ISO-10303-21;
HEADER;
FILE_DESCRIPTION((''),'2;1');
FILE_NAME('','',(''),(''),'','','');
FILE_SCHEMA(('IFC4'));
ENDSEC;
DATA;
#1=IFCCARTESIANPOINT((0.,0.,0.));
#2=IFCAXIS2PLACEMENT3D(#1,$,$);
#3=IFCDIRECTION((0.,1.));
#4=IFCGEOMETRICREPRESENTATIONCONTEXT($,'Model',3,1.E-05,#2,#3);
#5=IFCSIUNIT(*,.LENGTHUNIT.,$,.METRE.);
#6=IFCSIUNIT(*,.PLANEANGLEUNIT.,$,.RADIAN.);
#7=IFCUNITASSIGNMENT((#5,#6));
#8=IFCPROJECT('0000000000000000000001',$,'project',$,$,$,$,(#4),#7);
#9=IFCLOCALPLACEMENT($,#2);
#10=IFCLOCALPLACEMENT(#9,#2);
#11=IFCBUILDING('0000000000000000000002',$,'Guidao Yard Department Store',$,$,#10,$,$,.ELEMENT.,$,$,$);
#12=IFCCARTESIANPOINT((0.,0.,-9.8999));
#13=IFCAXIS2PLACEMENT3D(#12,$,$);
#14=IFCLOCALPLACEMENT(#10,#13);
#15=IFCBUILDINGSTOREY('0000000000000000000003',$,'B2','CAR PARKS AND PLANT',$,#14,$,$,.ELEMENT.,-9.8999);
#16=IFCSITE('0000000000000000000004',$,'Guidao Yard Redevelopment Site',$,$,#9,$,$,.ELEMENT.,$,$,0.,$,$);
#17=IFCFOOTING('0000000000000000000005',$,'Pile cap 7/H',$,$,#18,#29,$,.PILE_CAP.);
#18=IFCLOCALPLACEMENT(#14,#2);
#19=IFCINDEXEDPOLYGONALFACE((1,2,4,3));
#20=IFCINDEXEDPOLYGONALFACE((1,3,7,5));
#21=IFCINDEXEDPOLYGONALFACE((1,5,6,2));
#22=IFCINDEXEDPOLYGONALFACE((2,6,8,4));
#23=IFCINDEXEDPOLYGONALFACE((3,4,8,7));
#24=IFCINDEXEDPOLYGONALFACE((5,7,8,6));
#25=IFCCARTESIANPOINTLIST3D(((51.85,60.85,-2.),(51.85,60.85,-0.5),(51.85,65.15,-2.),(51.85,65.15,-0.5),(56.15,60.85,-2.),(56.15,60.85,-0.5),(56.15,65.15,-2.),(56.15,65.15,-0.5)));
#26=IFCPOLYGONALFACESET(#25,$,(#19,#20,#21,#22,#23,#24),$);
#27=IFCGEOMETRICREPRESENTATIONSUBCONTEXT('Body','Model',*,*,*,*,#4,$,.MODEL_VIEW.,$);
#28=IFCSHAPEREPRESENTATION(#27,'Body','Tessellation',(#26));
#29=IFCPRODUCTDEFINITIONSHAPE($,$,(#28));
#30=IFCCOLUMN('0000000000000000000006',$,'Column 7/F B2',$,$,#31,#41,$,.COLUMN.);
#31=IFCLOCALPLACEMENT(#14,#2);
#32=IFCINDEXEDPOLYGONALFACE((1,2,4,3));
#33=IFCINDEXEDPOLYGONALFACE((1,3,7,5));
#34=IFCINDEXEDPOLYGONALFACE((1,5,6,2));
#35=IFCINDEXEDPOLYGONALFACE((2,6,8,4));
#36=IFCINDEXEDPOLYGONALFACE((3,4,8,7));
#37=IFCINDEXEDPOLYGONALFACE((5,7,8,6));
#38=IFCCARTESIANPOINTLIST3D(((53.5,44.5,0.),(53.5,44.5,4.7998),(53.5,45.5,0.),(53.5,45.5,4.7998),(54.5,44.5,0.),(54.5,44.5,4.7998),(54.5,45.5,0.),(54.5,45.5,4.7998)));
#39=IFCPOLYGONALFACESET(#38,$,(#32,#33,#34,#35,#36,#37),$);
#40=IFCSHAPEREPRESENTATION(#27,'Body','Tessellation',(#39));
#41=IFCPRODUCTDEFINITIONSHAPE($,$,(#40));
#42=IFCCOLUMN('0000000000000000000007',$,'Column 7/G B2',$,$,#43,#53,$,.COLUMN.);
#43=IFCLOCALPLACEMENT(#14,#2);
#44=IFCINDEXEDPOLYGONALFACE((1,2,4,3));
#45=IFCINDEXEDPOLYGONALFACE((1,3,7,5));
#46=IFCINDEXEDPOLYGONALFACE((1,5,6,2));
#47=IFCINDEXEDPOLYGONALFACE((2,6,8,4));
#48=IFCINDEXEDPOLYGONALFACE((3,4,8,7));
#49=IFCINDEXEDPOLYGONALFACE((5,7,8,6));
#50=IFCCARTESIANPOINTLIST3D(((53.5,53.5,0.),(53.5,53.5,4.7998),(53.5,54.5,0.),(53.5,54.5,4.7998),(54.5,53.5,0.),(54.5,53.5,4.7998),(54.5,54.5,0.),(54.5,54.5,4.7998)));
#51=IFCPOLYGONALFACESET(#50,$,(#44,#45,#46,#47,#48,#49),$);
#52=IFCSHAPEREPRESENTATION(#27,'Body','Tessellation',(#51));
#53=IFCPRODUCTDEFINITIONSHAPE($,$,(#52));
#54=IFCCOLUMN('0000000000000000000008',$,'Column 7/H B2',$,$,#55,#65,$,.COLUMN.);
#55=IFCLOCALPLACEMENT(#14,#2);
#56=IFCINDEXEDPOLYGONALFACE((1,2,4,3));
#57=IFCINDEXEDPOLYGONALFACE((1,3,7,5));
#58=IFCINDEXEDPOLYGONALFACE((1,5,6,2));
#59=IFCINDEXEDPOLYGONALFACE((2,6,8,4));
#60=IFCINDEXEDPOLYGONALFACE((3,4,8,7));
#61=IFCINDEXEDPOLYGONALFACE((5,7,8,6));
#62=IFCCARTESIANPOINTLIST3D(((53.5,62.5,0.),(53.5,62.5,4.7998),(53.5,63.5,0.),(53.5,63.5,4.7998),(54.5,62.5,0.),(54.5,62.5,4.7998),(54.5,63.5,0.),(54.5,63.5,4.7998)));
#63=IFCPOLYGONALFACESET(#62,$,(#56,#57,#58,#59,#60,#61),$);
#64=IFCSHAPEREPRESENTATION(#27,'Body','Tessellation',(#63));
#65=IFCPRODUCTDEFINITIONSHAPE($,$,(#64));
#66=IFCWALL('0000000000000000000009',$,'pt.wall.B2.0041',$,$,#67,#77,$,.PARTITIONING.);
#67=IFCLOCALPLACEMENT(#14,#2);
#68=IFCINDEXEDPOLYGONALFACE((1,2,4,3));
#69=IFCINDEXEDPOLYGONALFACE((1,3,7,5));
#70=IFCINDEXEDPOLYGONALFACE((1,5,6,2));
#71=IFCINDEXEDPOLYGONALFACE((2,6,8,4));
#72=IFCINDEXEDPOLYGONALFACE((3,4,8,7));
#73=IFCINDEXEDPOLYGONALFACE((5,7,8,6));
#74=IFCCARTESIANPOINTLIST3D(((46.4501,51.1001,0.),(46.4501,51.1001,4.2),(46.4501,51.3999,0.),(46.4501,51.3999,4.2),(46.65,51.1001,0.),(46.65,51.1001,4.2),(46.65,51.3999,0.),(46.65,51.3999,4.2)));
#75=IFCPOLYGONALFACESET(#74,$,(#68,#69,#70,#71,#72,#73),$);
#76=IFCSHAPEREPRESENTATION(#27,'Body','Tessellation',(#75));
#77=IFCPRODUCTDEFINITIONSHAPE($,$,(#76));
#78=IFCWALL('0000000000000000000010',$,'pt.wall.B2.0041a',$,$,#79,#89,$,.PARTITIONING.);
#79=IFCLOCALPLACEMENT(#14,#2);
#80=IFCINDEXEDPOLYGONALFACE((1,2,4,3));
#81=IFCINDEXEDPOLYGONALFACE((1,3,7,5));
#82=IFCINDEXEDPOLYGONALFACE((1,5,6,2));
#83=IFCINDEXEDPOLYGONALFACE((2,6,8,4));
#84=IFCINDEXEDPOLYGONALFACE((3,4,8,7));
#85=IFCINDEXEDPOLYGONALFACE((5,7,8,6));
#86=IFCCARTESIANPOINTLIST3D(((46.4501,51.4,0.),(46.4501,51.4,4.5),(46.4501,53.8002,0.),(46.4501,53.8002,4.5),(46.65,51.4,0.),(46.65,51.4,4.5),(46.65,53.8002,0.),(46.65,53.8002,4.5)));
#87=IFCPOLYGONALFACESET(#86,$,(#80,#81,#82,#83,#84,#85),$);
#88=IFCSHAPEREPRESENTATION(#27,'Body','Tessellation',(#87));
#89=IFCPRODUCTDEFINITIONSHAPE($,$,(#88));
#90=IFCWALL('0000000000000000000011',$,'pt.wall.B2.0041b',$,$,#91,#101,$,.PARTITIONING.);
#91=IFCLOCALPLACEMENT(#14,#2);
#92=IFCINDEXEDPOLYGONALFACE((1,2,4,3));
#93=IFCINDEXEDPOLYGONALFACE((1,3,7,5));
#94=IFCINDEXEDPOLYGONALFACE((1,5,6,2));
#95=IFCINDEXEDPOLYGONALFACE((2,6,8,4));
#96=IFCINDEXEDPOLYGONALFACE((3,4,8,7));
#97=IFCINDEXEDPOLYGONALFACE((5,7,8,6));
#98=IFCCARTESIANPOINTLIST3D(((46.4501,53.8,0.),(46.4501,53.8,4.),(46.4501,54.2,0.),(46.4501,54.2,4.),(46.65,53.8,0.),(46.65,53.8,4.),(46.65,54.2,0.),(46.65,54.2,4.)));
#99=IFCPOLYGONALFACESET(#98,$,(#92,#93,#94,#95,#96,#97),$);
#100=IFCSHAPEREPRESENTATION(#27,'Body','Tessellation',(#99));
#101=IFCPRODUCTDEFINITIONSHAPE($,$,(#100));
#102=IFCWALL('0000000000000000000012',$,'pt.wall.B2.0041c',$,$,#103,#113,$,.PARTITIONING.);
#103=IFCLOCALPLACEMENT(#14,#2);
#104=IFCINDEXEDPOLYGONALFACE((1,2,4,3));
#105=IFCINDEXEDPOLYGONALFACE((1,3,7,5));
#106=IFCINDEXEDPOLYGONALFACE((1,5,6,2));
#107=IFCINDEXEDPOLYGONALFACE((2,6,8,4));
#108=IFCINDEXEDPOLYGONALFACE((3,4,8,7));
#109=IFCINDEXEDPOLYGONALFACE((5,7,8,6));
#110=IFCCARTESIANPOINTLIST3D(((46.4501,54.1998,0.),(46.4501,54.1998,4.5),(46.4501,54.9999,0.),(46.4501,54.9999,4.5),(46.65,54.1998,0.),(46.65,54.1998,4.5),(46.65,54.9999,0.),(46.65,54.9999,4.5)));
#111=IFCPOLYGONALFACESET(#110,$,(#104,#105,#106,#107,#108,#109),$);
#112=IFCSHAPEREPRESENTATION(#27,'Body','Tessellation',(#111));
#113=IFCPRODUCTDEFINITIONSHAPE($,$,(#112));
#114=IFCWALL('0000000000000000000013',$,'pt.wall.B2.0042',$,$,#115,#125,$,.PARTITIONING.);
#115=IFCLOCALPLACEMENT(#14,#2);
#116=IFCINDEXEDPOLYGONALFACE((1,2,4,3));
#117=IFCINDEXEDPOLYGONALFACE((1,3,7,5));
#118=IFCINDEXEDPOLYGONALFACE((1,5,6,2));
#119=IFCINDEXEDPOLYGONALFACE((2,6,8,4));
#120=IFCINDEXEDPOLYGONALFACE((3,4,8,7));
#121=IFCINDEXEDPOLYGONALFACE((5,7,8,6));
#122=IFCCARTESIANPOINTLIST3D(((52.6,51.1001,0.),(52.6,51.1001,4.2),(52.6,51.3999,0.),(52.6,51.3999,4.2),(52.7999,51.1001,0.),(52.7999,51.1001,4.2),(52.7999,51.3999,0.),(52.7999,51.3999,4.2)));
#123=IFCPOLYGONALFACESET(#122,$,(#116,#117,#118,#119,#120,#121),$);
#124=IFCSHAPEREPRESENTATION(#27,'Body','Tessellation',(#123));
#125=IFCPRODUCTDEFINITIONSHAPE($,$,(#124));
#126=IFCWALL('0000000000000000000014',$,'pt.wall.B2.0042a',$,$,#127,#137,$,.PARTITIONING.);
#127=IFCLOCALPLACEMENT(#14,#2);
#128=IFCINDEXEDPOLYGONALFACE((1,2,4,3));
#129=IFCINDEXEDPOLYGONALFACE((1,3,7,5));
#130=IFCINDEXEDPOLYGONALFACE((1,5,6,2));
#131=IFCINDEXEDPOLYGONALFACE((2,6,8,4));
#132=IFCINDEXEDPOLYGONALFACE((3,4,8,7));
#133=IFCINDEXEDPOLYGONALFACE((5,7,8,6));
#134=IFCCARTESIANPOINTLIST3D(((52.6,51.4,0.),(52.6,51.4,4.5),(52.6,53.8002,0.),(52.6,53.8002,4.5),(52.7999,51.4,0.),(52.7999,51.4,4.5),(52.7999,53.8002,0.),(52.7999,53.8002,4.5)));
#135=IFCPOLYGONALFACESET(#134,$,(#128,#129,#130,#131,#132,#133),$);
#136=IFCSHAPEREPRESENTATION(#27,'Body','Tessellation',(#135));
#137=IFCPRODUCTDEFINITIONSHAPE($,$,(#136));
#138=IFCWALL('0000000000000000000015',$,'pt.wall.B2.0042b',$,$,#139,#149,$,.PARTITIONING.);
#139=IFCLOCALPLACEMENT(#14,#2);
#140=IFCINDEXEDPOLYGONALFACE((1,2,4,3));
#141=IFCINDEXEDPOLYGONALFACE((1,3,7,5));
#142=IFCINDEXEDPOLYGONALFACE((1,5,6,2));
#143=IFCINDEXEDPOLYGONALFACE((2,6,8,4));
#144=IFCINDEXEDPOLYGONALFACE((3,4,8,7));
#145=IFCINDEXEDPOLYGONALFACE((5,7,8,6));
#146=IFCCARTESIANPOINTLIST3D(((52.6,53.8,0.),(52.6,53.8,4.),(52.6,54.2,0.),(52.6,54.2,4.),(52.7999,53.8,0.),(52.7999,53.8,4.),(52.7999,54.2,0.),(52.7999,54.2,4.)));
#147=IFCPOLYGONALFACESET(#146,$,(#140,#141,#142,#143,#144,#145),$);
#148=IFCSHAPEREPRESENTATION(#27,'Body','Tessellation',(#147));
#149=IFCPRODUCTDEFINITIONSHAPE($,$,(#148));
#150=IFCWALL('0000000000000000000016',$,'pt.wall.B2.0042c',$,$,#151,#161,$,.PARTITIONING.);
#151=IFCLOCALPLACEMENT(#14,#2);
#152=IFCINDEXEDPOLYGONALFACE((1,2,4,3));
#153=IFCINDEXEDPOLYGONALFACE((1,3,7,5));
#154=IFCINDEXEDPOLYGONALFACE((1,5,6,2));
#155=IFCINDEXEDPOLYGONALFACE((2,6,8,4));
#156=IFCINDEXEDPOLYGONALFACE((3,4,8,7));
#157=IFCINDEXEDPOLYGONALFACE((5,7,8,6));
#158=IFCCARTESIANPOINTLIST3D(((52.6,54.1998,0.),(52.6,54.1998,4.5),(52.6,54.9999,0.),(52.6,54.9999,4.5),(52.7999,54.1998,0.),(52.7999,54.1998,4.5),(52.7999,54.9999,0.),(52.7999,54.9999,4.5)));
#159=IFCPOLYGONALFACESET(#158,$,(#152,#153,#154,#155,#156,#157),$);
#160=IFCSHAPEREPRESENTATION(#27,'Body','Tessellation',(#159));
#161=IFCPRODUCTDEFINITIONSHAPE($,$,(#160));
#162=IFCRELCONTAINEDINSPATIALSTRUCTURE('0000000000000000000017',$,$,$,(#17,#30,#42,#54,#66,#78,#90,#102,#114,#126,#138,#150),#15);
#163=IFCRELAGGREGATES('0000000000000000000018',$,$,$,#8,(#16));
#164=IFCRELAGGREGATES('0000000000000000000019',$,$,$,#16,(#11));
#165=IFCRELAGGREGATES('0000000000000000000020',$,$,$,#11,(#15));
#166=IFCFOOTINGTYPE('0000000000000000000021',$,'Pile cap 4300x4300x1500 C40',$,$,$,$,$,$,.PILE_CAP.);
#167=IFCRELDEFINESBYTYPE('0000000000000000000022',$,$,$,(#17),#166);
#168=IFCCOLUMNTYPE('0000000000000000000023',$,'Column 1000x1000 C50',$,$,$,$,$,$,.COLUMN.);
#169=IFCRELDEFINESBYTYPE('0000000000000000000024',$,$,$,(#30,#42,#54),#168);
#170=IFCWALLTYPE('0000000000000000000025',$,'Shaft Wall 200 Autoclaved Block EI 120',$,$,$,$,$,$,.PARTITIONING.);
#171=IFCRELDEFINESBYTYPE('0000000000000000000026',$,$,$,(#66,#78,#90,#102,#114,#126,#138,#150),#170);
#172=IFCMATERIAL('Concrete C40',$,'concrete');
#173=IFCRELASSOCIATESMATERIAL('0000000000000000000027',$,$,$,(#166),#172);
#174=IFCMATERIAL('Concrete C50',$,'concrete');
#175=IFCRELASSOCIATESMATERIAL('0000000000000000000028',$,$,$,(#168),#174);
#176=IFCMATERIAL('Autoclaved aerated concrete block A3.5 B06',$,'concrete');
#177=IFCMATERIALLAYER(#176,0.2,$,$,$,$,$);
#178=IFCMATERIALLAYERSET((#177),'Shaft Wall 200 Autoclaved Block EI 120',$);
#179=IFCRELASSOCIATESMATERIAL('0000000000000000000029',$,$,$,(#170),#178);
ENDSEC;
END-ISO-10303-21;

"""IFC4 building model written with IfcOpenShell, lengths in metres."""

from ifc_helpers import new_model, si_unit, direction, frame, frame_2d, origin, origin_2d, place, context, subcontext, project, spatial, rectangle, extrude, material, layer, layer_set, material_profile, profile_set, type_object, element, save


model = new_model("IFC4")

# Units and contexts
model_context = context("Model", 3, precision=1e-05, world=origin(), true_north=direction((0.0, 1.0)))
body_context = subcontext(model_context, "Body", "Model", "MODEL_VIEW")
ifc_project = project(units=[si_unit("LENGTHUNIT", "METRE"), si_unit("PLANEANGLEUNIT", "RADIAN")], contexts=[model_context])

# Site, building, storey
site_placement = place(None, origin())
site = spatial("IfcSite", under=ifc_project, at=site_placement, Name="Guidao Yard Redevelopment Site", CompositionType="ELEMENT", RefElevation=0.0)
building_placement = place(site_placement, origin())
building = spatial("IfcBuilding", under=site, at=building_placement, Name="Guidao Yard Department Store", CompositionType="ELEMENT")
storey_placement = place(building_placement, frame((0.0, 0.0, -9.8999)))
storey = spatial("IfcBuildingStorey", under=building, at=storey_placement, Name="B2", Description="CAR PARKS AND PLANT", CompositionType="ELEMENT", Elevation=-9.8999)

# Footing
ifc_material_1 = material(Name="Concrete C40", Category="concrete")
footing_type = type_object("IfcFootingType", Name="Pile cap 4300x4300x1500 C40", PredefinedType="PILE_CAP", material=ifc_material_1)
for number, where, z_axis, x_axis, name in (
    (1, (54.0, 63.0, -2.0), (0.0, 0.0, 1.0), (1.0, 0.0, 0.0), "Pile cap 7/H"),
):
    element("IfcFooting", number, at=place(storey_placement, frame(where, z_axis=z_axis, x_axis=x_axis)), inside=storey, type_object=footing_type, Name=name, PredefinedType="PILE_CAP", context=body_context, shape_type="SweptSolid", body=[
        extrude(rectangle(XDim=4.3, YDim=4.3, at=origin_2d()), origin(), (0.0, 0.0, 1.0), 1.5),
    ])

# Columns
ifc_material_2 = material(Name="Concrete C50", Category="concrete")
ifc_material_profile_1 = material_profile(ifc_material_2, rectangle(XDim=1.0, YDim=1.0, at=origin_2d()), Name="COL 1000x1000")
ifc_profile_set_1 = profile_set([ifc_material_profile_1], Name="Concrete C50")
column_type = type_object("IfcColumnType", Name="Column 1000x1000 C50", PredefinedType="COLUMN", material=ifc_profile_set_1)
for number, where, z_axis, x_axis, name in (
    (2, (54.0, 45.0, 0.0), (0.0, 0.0, 1.0), (1.0, 0.0, 0.0), "Column 7/F B2"),
    (3, (54.0, 54.0, 0.0), (0.0, 0.0, 1.0), (1.0, 0.0, 0.0), "Column 7/G B2"),
    (4, (54.0, 63.0, 0.0), (0.0, 0.0, 1.0), (1.0, 0.0, 0.0), "Column 7/H B2"),
):
    element("IfcColumn", number, at=place(storey_placement, frame(where, z_axis=z_axis, x_axis=x_axis)), inside=storey, type_object=column_type, Name=name, PredefinedType="COLUMN", context=body_context, shape_type="SweptSolid", body=[
        extrude(rectangle(XDim=1.0, YDim=1.0, at=origin_2d()), origin(), (0.0, 0.0, 1.0), 4.7998),
    ])

# Shared definitions
ifc_material_3 = material(Name="Autoclaved aerated concrete block A3.5 B06", Category="concrete")
ifc_layer_1 = layer(ifc_material_3, 0.2)
ifc_layer_set_1 = layer_set([ifc_layer_1], Name="Shaft Wall 200 Autoclaved Block EI 120")
wall_type_1 = type_object("IfcWallType", Name="Shaft Wall 200 Autoclaved Block EI 120", PredefinedType="PARTITIONING", material=ifc_layer_set_1)

# Walls
wall_1_placement = place(storey_placement, frame((46.55, 51.1001, 0.0), z_axis=(0.0, 0.0, 1.0), x_axis=(0.0, 1.0, 0.0)))
element("IfcWall", 5, at=wall_1_placement, inside=storey, type_object=wall_type_1, Name="pt.wall.B2.0041", PredefinedType="PARTITIONING", context=body_context, shape_type="SweptSolid", body=[
    extrude(rectangle(XDim=0.2998, YDim=0.2, at=frame_2d((0.1499, 0.0))), origin(), (0.0, 0.0, 1.0), 4.2),
])
wall_2_placement = place(storey_placement, frame((46.55, 51.3999, 0.0), z_axis=(0.0, 0.0, 1.0), x_axis=(0.0, 1.0, 0.0)))
element("IfcWall", 6, at=wall_2_placement, inside=storey, type_object=wall_type_1, Name="pt.wall.B2.0041a", PredefinedType="PARTITIONING", context=body_context, shape_type="SweptSolid", body=[
    extrude(rectangle(XDim=2.4001, YDim=0.2, at=frame_2d((1.2002, 0.0))), origin(), (0.0, 0.0, 1.0), 4.5),
])
wall_3_placement = place(storey_placement, frame((46.55, 53.8, 0.0), z_axis=(0.0, 0.0, 1.0), x_axis=(0.0, 1.0, 0.0)))
element("IfcWall", 7, at=wall_3_placement, inside=storey, type_object=wall_type_1, Name="pt.wall.B2.0041b", PredefinedType="PARTITIONING", context=body_context, shape_type="SweptSolid", body=[
    extrude(rectangle(XDim=0.3999, YDim=0.2, at=frame_2d((0.2, 0.0))), origin(), (0.0, 0.0, 1.0), 4.0),
])
wall_4_placement = place(storey_placement, frame((46.55, 54.2, 0.0), z_axis=(0.0, 0.0, 1.0), x_axis=(0.0, 1.0, 0.0)))
element("IfcWall", 8, at=wall_4_placement, inside=storey, type_object=wall_type_1, Name="pt.wall.B2.0041c", PredefinedType="PARTITIONING", context=body_context, shape_type="SweptSolid", body=[
    extrude(rectangle(XDim=0.8, YDim=0.2, at=frame_2d((0.3999, 0.0))), origin(), (0.0, 0.0, 1.0), 4.5),
])
wall_5_placement = place(storey_placement, frame((52.7, 51.1001, 0.0), z_axis=(0.0, 0.0, 1.0), x_axis=(0.0, 1.0, 0.0)))
element("IfcWall", 9, at=wall_5_placement, inside=storey, type_object=wall_type_1, Name="pt.wall.B2.0042", PredefinedType="PARTITIONING", context=body_context, shape_type="SweptSolid", body=[
    extrude(rectangle(XDim=0.2998, YDim=0.2, at=frame_2d((0.1499, 0.0))), origin(), (0.0, 0.0, 1.0), 4.2),
])
wall_6_placement = place(storey_placement, frame((52.7, 51.3999, 0.0), z_axis=(0.0, 0.0, 1.0), x_axis=(0.0, 1.0, 0.0)))
element("IfcWall", 10, at=wall_6_placement, inside=storey, type_object=wall_type_1, Name="pt.wall.B2.0042a", PredefinedType="PARTITIONING", context=body_context, shape_type="SweptSolid", body=[
    extrude(rectangle(XDim=2.4001, YDim=0.2, at=frame_2d((1.2002, 0.0))), origin(), (0.0, 0.0, 1.0), 4.5),
])
wall_7_placement = place(storey_placement, frame((52.7, 53.8, 0.0), z_axis=(0.0, 0.0, 1.0), x_axis=(0.0, 1.0, 0.0)))
element("IfcWall", 11, at=wall_7_placement, inside=storey, type_object=wall_type_1, Name="pt.wall.B2.0042b", PredefinedType="PARTITIONING", context=body_context, shape_type="SweptSolid", body=[
    extrude(rectangle(XDim=0.3999, YDim=0.2, at=frame_2d((0.2, 0.0))), origin(), (0.0, 0.0, 1.0), 4.0),
])
wall_8_placement = place(storey_placement, frame((52.7, 54.2, 0.0), z_axis=(0.0, 0.0, 1.0), x_axis=(0.0, 1.0, 0.0)))
element("IfcWall", 12, at=wall_8_placement, inside=storey, type_object=wall_type_1, Name="pt.wall.B2.0042c", PredefinedType="PARTITIONING", context=body_context, shape_type="SweptSolid", body=[
    extrude(rectangle(XDim=0.8, YDim=0.2, at=frame_2d((0.3999, 0.0))), origin(), (0.0, 0.0, 1.0), 4.5),
])

save(model, "model.ifc")
